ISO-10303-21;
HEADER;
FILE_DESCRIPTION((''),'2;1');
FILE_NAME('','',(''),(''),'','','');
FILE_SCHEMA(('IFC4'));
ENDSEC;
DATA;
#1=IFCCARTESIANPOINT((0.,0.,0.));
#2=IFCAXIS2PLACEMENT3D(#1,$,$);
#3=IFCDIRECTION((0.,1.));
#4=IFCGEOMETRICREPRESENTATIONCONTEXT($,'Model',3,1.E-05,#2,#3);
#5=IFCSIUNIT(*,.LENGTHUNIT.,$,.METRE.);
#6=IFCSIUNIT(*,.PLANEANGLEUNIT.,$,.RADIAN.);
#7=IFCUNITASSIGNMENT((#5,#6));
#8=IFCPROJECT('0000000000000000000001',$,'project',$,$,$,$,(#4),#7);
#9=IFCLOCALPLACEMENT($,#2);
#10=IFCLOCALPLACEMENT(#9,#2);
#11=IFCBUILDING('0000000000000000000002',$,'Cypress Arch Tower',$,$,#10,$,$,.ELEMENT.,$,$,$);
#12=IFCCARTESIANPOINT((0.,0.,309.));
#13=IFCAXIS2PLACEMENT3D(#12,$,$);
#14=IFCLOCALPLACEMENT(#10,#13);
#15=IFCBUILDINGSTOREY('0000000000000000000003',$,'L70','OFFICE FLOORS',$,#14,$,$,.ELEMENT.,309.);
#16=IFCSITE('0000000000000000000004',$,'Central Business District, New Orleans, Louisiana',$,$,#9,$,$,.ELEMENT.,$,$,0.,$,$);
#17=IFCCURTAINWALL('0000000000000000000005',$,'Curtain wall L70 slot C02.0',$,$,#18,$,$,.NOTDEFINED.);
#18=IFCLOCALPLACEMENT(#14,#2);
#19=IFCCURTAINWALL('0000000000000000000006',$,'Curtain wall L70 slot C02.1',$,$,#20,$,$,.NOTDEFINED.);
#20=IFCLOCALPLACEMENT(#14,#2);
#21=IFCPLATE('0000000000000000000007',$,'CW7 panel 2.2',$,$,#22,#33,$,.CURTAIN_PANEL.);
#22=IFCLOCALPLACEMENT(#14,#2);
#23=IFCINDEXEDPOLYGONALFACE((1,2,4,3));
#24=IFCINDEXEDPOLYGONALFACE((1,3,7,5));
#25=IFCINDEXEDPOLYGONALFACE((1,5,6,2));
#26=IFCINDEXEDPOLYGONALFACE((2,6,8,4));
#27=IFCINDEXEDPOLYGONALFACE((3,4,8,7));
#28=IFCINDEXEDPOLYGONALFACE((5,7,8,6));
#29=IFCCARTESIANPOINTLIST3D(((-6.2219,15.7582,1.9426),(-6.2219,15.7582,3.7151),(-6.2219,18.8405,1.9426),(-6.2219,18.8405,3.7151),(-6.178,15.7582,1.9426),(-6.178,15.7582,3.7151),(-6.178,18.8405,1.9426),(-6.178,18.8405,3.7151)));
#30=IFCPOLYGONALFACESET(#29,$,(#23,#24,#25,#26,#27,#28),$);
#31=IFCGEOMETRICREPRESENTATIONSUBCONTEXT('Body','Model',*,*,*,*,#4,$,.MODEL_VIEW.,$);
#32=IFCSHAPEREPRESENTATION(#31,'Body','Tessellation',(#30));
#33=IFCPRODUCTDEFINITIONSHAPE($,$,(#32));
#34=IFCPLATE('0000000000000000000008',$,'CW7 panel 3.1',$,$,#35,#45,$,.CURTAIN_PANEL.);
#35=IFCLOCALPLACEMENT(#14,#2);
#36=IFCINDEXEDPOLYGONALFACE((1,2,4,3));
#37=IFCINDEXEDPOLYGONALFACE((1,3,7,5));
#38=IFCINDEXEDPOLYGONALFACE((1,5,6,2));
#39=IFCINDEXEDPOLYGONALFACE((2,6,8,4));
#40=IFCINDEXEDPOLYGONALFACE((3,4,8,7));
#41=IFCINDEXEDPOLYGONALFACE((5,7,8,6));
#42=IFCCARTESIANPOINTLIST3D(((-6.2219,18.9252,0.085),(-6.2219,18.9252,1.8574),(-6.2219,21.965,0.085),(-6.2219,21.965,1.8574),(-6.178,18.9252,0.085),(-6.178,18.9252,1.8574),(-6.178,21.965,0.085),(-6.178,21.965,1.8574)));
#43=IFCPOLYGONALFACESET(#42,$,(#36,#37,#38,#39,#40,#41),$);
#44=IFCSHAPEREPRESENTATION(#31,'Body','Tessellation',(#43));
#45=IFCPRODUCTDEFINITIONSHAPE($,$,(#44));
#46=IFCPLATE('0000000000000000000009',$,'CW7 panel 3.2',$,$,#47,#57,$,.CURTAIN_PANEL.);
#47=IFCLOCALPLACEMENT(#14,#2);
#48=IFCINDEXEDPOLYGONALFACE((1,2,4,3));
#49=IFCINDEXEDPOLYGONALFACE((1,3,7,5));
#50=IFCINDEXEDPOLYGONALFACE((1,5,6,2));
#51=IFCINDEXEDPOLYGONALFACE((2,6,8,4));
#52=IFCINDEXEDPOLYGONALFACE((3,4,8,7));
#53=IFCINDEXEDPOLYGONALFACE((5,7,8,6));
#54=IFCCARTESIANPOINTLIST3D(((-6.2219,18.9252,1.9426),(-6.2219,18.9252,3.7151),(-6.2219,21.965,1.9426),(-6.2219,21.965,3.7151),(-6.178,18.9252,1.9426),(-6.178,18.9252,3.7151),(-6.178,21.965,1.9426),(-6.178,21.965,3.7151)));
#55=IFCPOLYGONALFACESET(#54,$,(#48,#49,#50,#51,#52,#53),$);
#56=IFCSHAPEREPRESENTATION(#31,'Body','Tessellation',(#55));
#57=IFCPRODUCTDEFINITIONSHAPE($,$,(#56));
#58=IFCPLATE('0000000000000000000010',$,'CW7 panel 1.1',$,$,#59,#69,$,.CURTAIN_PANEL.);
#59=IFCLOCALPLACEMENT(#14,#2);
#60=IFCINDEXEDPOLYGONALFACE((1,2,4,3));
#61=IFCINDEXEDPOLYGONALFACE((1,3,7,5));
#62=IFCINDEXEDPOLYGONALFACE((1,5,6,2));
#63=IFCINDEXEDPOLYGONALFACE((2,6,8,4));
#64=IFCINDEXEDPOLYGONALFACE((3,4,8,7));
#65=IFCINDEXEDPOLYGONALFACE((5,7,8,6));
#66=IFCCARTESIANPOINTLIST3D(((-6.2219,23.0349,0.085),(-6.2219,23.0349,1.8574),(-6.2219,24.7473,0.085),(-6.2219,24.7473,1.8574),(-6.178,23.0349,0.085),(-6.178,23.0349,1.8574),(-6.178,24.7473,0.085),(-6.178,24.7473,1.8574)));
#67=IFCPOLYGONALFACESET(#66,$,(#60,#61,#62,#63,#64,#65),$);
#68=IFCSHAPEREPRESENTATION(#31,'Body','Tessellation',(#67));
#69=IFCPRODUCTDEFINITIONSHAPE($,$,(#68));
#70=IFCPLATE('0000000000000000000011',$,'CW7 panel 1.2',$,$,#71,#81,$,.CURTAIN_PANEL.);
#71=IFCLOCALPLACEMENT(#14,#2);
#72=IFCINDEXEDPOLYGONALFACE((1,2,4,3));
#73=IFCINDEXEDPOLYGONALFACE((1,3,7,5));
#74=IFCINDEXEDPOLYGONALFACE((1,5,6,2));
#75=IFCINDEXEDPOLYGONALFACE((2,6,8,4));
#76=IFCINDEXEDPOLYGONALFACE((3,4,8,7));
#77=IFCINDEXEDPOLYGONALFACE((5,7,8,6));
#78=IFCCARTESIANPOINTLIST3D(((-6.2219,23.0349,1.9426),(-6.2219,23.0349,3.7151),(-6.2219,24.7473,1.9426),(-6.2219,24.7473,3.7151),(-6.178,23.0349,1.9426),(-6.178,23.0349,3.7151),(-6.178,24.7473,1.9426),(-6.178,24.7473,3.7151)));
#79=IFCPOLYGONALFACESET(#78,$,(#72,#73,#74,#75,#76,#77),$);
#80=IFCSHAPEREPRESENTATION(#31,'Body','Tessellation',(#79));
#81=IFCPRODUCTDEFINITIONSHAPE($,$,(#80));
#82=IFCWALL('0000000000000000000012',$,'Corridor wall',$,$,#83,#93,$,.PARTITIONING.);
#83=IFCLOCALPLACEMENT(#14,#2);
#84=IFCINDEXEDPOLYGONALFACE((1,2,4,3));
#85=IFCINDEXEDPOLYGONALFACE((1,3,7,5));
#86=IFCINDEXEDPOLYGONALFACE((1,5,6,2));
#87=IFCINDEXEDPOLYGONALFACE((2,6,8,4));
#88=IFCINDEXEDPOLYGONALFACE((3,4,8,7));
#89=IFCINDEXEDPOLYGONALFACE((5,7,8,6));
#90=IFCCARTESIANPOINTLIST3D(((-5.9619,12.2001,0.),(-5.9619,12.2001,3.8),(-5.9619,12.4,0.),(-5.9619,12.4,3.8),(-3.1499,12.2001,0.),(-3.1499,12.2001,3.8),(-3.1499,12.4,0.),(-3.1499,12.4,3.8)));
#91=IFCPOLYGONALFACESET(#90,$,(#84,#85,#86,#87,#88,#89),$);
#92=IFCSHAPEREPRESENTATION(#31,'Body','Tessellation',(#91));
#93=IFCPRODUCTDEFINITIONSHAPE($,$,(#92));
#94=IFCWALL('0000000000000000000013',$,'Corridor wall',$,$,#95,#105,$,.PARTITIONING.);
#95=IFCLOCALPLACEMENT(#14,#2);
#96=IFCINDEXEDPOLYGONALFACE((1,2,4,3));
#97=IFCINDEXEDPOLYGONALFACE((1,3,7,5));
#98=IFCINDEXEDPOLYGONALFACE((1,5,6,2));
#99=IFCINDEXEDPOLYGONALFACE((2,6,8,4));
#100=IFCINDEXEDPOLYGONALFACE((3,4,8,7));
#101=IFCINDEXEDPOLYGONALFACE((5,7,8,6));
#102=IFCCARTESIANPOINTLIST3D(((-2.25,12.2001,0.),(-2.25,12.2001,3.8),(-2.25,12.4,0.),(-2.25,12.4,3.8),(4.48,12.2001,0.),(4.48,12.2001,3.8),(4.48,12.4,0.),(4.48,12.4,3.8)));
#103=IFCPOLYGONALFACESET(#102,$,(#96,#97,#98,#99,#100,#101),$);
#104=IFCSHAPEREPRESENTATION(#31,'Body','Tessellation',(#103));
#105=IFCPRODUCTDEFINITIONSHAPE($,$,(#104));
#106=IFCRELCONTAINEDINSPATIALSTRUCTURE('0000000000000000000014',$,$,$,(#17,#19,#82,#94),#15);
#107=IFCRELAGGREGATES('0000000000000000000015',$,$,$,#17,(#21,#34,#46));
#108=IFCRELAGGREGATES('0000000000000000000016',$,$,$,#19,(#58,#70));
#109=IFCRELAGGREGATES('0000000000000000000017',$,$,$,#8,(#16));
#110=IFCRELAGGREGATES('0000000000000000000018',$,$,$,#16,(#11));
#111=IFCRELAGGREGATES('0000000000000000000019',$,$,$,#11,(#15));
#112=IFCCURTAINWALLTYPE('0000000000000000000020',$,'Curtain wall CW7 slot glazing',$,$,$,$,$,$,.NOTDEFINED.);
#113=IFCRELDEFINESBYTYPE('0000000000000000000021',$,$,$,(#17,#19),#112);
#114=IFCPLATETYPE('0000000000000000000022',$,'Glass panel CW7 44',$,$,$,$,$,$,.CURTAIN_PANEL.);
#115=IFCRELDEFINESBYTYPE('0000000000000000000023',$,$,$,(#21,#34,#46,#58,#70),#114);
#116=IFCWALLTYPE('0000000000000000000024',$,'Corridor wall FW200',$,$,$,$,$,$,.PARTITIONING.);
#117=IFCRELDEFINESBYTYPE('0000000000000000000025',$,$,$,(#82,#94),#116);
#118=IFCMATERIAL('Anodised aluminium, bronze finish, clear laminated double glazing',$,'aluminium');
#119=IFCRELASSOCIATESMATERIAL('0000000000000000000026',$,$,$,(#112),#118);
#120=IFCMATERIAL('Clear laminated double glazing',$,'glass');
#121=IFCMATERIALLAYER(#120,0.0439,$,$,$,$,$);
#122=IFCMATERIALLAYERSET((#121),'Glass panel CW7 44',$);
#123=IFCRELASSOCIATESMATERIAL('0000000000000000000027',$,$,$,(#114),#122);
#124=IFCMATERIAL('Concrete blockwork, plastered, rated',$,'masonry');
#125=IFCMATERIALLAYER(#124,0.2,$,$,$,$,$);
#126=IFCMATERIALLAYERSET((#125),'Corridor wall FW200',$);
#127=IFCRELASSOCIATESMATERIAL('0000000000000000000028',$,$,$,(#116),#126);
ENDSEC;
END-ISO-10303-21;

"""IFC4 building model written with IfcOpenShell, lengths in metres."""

from ifc_helpers import new_model, si_unit, direction, frame, frame_2d, origin, origin_2d, place, context, subcontext, project, spatial, rectangle, extrude, material, layer, layer_set, type_object, element, aggregate, save


model = new_model("IFC4")

# Units and contexts
model_context = context("Model", 3, precision=1e-05, world=origin(), true_north=direction((0.0, 1.0)))
body_context = subcontext(model_context, "Body", "Model", "MODEL_VIEW")
ifc_project = project(units=[si_unit("LENGTHUNIT", "METRE"), si_unit("PLANEANGLEUNIT", "RADIAN")], contexts=[model_context])

# Site, building, storey
site_placement = place(None, origin())
site = spatial("IfcSite", under=ifc_project, at=site_placement, Name="Central Business District, New Orleans, Louisiana", CompositionType="ELEMENT", RefElevation=0.0)
building_placement = place(site_placement, origin())
building = spatial("IfcBuilding", under=site, at=building_placement, Name="Cypress Arch Tower", CompositionType="ELEMENT")
storey_placement = place(building_placement, frame((0.0, 0.0, 309.0)))
storey = spatial("IfcBuildingStorey", under=building, at=storey_placement, Name="L70", Description="OFFICE FLOORS", CompositionType="ELEMENT", Elevation=309.0)

# Shared definitions
ifc_material_1 = material(Name="Anodised aluminium, bronze finish, clear laminated double glazing", Category="aluminium")
curtain_wall_type = type_object("IfcCurtainWallType", Name="Curtain wall CW7 slot glazing", PredefinedType="NOTDEFINED", material=ifc_material_1)

# Curtain walls
curtain_wall_1_placement = place(storey_placement, origin())
curtain_wall_1 = element("IfcCurtainWall", 1, at=curtain_wall_1_placement, inside=storey, type_object=curtain_wall_type, Name="Curtain wall L70 slot C02.0", PredefinedType="NOTDEFINED")
curtain_wall_2_placement = place(storey_placement, origin())
curtain_wall_2 = element("IfcCurtainWall", 2, at=curtain_wall_2_placement, inside=storey, type_object=curtain_wall_type, Name="Curtain wall L70 slot C02.1", PredefinedType="NOTDEFINED")

# Plates
ifc_material_2 = material(Name="Clear laminated double glazing", Category="glass")
ifc_layer_1 = layer(ifc_material_2, 0.0439)
ifc_layer_set_1 = layer_set([ifc_layer_1], Name="Glass panel CW7 44")
plate_type = type_object("IfcPlateType", Name="Glass panel CW7 44", PredefinedType="CURTAIN_PANEL", material=ifc_layer_set_1)
plate_1_placement = place(storey_placement, frame((-6.2, 17.2993, 1.9426), z_axis=(0.0, 0.0, 1.0), x_axis=(0.0, 1.0, 0.0)))
plate_1 = element("IfcPlate", 3, at=plate_1_placement, type_object=plate_type, Name="CW7 panel 2.2", PredefinedType="CURTAIN_PANEL", context=body_context, shape_type="SweptSolid", body=[
    extrude(rectangle(XDim=3.0823, YDim=0.0439, at=origin_2d()), origin(), (0.0, 0.0, 1.0), 1.7725),
])
plate_2_placement = place(storey_placement, frame((-6.2, 20.4451, 0.085), z_axis=(0.0, 0.0, 1.0), x_axis=(0.0, 1.0, 0.0)))
plate_2 = element("IfcPlate", 4, at=plate_2_placement, type_object=plate_type, Name="CW7 panel 3.1", PredefinedType="CURTAIN_PANEL", context=body_context, shape_type="SweptSolid", body=[
    extrude(rectangle(XDim=3.0398, YDim=0.0439, at=origin_2d()), origin(), (0.0, 0.0, 1.0), 1.7725),
])
plate_3_placement = place(storey_placement, frame((-6.2, 20.4451, 1.9426), z_axis=(0.0, 0.0, 1.0), x_axis=(0.0, 1.0, 0.0)))
plate_3 = element("IfcPlate", 5, at=plate_3_placement, type_object=plate_type, Name="CW7 panel 3.2", PredefinedType="CURTAIN_PANEL", context=body_context, shape_type="SweptSolid", body=[
    extrude(rectangle(XDim=3.0398, YDim=0.0439, at=origin_2d()), origin(), (0.0, 0.0, 1.0), 1.7725),
])
aggregate(curtain_wall_1, [plate_1, plate_2, plate_3])
plate_4_placement = place(storey_placement, frame((-6.2, 23.8911, 0.085), z_axis=(0.0, 0.0, 1.0), x_axis=(0.0, 1.0, 0.0)))
plate_4 = element("IfcPlate", 6, at=plate_4_placement, type_object=plate_type, Name="CW7 panel 1.1", PredefinedType="CURTAIN_PANEL", context=body_context, shape_type="SweptSolid", body=[
    extrude(rectangle(XDim=1.7124, YDim=0.0439, at=origin_2d()), origin(), (0.0, 0.0, 1.0), 1.7725),
])
plate_5_placement = place(storey_placement, frame((-6.2, 23.8911, 1.9426), z_axis=(0.0, 0.0, 1.0), x_axis=(0.0, 1.0, 0.0)))
plate_5 = element("IfcPlate", 7, at=plate_5_placement, type_object=plate_type, Name="CW7 panel 1.2", PredefinedType="CURTAIN_PANEL", context=body_context, shape_type="SweptSolid", body=[
    extrude(rectangle(XDim=1.7124, YDim=0.0439, at=origin_2d()), origin(), (0.0, 0.0, 1.0), 1.7725),
])
aggregate(curtain_wall_2, [plate_4, plate_5])

# Walls
ifc_material_3 = material(Name="Concrete blockwork, plastered, rated", Category="masonry")
ifc_layer_2 = layer(ifc_material_3, 0.2)
ifc_layer_set_2 = layer_set([ifc_layer_2], Name="Corridor wall FW200")
wall_type = type_object("IfcWallType", Name="Corridor wall FW200", PredefinedType="PARTITIONING", material=ifc_layer_set_2)
wall_1_placement = place(storey_placement, frame((-5.9619, 12.3, 0.0), z_axis=(0.0, 0.0, 1.0), x_axis=(1.0, 0.0, 0.0)))
element("IfcWall", 8, at=wall_1_placement, inside=storey, type_object=wall_type, Name="Corridor wall", PredefinedType="PARTITIONING", context=body_context, shape_type="SweptSolid", body=[
    extrude(rectangle(XDim=2.812, YDim=0.2, at=frame_2d((1.406, 0.0))), origin(), (0.0, 0.0, 1.0), 3.8),
])
wall_2_placement = place(storey_placement, frame((-2.25, 12.3, 0.0), z_axis=(0.0, 0.0, 1.0), x_axis=(1.0, 0.0, 0.0)))
element("IfcWall", 9, at=wall_2_placement, inside=storey, type_object=wall_type, Name="Corridor wall", PredefinedType="PARTITIONING", context=body_context, shape_type="SweptSolid", body=[
    extrude(rectangle(XDim=6.73, YDim=0.2, at=frame_2d((3.365, 0.0))), origin(), (0.0, 0.0, 1.0), 3.8),
])

save(model, "model.ifc")
